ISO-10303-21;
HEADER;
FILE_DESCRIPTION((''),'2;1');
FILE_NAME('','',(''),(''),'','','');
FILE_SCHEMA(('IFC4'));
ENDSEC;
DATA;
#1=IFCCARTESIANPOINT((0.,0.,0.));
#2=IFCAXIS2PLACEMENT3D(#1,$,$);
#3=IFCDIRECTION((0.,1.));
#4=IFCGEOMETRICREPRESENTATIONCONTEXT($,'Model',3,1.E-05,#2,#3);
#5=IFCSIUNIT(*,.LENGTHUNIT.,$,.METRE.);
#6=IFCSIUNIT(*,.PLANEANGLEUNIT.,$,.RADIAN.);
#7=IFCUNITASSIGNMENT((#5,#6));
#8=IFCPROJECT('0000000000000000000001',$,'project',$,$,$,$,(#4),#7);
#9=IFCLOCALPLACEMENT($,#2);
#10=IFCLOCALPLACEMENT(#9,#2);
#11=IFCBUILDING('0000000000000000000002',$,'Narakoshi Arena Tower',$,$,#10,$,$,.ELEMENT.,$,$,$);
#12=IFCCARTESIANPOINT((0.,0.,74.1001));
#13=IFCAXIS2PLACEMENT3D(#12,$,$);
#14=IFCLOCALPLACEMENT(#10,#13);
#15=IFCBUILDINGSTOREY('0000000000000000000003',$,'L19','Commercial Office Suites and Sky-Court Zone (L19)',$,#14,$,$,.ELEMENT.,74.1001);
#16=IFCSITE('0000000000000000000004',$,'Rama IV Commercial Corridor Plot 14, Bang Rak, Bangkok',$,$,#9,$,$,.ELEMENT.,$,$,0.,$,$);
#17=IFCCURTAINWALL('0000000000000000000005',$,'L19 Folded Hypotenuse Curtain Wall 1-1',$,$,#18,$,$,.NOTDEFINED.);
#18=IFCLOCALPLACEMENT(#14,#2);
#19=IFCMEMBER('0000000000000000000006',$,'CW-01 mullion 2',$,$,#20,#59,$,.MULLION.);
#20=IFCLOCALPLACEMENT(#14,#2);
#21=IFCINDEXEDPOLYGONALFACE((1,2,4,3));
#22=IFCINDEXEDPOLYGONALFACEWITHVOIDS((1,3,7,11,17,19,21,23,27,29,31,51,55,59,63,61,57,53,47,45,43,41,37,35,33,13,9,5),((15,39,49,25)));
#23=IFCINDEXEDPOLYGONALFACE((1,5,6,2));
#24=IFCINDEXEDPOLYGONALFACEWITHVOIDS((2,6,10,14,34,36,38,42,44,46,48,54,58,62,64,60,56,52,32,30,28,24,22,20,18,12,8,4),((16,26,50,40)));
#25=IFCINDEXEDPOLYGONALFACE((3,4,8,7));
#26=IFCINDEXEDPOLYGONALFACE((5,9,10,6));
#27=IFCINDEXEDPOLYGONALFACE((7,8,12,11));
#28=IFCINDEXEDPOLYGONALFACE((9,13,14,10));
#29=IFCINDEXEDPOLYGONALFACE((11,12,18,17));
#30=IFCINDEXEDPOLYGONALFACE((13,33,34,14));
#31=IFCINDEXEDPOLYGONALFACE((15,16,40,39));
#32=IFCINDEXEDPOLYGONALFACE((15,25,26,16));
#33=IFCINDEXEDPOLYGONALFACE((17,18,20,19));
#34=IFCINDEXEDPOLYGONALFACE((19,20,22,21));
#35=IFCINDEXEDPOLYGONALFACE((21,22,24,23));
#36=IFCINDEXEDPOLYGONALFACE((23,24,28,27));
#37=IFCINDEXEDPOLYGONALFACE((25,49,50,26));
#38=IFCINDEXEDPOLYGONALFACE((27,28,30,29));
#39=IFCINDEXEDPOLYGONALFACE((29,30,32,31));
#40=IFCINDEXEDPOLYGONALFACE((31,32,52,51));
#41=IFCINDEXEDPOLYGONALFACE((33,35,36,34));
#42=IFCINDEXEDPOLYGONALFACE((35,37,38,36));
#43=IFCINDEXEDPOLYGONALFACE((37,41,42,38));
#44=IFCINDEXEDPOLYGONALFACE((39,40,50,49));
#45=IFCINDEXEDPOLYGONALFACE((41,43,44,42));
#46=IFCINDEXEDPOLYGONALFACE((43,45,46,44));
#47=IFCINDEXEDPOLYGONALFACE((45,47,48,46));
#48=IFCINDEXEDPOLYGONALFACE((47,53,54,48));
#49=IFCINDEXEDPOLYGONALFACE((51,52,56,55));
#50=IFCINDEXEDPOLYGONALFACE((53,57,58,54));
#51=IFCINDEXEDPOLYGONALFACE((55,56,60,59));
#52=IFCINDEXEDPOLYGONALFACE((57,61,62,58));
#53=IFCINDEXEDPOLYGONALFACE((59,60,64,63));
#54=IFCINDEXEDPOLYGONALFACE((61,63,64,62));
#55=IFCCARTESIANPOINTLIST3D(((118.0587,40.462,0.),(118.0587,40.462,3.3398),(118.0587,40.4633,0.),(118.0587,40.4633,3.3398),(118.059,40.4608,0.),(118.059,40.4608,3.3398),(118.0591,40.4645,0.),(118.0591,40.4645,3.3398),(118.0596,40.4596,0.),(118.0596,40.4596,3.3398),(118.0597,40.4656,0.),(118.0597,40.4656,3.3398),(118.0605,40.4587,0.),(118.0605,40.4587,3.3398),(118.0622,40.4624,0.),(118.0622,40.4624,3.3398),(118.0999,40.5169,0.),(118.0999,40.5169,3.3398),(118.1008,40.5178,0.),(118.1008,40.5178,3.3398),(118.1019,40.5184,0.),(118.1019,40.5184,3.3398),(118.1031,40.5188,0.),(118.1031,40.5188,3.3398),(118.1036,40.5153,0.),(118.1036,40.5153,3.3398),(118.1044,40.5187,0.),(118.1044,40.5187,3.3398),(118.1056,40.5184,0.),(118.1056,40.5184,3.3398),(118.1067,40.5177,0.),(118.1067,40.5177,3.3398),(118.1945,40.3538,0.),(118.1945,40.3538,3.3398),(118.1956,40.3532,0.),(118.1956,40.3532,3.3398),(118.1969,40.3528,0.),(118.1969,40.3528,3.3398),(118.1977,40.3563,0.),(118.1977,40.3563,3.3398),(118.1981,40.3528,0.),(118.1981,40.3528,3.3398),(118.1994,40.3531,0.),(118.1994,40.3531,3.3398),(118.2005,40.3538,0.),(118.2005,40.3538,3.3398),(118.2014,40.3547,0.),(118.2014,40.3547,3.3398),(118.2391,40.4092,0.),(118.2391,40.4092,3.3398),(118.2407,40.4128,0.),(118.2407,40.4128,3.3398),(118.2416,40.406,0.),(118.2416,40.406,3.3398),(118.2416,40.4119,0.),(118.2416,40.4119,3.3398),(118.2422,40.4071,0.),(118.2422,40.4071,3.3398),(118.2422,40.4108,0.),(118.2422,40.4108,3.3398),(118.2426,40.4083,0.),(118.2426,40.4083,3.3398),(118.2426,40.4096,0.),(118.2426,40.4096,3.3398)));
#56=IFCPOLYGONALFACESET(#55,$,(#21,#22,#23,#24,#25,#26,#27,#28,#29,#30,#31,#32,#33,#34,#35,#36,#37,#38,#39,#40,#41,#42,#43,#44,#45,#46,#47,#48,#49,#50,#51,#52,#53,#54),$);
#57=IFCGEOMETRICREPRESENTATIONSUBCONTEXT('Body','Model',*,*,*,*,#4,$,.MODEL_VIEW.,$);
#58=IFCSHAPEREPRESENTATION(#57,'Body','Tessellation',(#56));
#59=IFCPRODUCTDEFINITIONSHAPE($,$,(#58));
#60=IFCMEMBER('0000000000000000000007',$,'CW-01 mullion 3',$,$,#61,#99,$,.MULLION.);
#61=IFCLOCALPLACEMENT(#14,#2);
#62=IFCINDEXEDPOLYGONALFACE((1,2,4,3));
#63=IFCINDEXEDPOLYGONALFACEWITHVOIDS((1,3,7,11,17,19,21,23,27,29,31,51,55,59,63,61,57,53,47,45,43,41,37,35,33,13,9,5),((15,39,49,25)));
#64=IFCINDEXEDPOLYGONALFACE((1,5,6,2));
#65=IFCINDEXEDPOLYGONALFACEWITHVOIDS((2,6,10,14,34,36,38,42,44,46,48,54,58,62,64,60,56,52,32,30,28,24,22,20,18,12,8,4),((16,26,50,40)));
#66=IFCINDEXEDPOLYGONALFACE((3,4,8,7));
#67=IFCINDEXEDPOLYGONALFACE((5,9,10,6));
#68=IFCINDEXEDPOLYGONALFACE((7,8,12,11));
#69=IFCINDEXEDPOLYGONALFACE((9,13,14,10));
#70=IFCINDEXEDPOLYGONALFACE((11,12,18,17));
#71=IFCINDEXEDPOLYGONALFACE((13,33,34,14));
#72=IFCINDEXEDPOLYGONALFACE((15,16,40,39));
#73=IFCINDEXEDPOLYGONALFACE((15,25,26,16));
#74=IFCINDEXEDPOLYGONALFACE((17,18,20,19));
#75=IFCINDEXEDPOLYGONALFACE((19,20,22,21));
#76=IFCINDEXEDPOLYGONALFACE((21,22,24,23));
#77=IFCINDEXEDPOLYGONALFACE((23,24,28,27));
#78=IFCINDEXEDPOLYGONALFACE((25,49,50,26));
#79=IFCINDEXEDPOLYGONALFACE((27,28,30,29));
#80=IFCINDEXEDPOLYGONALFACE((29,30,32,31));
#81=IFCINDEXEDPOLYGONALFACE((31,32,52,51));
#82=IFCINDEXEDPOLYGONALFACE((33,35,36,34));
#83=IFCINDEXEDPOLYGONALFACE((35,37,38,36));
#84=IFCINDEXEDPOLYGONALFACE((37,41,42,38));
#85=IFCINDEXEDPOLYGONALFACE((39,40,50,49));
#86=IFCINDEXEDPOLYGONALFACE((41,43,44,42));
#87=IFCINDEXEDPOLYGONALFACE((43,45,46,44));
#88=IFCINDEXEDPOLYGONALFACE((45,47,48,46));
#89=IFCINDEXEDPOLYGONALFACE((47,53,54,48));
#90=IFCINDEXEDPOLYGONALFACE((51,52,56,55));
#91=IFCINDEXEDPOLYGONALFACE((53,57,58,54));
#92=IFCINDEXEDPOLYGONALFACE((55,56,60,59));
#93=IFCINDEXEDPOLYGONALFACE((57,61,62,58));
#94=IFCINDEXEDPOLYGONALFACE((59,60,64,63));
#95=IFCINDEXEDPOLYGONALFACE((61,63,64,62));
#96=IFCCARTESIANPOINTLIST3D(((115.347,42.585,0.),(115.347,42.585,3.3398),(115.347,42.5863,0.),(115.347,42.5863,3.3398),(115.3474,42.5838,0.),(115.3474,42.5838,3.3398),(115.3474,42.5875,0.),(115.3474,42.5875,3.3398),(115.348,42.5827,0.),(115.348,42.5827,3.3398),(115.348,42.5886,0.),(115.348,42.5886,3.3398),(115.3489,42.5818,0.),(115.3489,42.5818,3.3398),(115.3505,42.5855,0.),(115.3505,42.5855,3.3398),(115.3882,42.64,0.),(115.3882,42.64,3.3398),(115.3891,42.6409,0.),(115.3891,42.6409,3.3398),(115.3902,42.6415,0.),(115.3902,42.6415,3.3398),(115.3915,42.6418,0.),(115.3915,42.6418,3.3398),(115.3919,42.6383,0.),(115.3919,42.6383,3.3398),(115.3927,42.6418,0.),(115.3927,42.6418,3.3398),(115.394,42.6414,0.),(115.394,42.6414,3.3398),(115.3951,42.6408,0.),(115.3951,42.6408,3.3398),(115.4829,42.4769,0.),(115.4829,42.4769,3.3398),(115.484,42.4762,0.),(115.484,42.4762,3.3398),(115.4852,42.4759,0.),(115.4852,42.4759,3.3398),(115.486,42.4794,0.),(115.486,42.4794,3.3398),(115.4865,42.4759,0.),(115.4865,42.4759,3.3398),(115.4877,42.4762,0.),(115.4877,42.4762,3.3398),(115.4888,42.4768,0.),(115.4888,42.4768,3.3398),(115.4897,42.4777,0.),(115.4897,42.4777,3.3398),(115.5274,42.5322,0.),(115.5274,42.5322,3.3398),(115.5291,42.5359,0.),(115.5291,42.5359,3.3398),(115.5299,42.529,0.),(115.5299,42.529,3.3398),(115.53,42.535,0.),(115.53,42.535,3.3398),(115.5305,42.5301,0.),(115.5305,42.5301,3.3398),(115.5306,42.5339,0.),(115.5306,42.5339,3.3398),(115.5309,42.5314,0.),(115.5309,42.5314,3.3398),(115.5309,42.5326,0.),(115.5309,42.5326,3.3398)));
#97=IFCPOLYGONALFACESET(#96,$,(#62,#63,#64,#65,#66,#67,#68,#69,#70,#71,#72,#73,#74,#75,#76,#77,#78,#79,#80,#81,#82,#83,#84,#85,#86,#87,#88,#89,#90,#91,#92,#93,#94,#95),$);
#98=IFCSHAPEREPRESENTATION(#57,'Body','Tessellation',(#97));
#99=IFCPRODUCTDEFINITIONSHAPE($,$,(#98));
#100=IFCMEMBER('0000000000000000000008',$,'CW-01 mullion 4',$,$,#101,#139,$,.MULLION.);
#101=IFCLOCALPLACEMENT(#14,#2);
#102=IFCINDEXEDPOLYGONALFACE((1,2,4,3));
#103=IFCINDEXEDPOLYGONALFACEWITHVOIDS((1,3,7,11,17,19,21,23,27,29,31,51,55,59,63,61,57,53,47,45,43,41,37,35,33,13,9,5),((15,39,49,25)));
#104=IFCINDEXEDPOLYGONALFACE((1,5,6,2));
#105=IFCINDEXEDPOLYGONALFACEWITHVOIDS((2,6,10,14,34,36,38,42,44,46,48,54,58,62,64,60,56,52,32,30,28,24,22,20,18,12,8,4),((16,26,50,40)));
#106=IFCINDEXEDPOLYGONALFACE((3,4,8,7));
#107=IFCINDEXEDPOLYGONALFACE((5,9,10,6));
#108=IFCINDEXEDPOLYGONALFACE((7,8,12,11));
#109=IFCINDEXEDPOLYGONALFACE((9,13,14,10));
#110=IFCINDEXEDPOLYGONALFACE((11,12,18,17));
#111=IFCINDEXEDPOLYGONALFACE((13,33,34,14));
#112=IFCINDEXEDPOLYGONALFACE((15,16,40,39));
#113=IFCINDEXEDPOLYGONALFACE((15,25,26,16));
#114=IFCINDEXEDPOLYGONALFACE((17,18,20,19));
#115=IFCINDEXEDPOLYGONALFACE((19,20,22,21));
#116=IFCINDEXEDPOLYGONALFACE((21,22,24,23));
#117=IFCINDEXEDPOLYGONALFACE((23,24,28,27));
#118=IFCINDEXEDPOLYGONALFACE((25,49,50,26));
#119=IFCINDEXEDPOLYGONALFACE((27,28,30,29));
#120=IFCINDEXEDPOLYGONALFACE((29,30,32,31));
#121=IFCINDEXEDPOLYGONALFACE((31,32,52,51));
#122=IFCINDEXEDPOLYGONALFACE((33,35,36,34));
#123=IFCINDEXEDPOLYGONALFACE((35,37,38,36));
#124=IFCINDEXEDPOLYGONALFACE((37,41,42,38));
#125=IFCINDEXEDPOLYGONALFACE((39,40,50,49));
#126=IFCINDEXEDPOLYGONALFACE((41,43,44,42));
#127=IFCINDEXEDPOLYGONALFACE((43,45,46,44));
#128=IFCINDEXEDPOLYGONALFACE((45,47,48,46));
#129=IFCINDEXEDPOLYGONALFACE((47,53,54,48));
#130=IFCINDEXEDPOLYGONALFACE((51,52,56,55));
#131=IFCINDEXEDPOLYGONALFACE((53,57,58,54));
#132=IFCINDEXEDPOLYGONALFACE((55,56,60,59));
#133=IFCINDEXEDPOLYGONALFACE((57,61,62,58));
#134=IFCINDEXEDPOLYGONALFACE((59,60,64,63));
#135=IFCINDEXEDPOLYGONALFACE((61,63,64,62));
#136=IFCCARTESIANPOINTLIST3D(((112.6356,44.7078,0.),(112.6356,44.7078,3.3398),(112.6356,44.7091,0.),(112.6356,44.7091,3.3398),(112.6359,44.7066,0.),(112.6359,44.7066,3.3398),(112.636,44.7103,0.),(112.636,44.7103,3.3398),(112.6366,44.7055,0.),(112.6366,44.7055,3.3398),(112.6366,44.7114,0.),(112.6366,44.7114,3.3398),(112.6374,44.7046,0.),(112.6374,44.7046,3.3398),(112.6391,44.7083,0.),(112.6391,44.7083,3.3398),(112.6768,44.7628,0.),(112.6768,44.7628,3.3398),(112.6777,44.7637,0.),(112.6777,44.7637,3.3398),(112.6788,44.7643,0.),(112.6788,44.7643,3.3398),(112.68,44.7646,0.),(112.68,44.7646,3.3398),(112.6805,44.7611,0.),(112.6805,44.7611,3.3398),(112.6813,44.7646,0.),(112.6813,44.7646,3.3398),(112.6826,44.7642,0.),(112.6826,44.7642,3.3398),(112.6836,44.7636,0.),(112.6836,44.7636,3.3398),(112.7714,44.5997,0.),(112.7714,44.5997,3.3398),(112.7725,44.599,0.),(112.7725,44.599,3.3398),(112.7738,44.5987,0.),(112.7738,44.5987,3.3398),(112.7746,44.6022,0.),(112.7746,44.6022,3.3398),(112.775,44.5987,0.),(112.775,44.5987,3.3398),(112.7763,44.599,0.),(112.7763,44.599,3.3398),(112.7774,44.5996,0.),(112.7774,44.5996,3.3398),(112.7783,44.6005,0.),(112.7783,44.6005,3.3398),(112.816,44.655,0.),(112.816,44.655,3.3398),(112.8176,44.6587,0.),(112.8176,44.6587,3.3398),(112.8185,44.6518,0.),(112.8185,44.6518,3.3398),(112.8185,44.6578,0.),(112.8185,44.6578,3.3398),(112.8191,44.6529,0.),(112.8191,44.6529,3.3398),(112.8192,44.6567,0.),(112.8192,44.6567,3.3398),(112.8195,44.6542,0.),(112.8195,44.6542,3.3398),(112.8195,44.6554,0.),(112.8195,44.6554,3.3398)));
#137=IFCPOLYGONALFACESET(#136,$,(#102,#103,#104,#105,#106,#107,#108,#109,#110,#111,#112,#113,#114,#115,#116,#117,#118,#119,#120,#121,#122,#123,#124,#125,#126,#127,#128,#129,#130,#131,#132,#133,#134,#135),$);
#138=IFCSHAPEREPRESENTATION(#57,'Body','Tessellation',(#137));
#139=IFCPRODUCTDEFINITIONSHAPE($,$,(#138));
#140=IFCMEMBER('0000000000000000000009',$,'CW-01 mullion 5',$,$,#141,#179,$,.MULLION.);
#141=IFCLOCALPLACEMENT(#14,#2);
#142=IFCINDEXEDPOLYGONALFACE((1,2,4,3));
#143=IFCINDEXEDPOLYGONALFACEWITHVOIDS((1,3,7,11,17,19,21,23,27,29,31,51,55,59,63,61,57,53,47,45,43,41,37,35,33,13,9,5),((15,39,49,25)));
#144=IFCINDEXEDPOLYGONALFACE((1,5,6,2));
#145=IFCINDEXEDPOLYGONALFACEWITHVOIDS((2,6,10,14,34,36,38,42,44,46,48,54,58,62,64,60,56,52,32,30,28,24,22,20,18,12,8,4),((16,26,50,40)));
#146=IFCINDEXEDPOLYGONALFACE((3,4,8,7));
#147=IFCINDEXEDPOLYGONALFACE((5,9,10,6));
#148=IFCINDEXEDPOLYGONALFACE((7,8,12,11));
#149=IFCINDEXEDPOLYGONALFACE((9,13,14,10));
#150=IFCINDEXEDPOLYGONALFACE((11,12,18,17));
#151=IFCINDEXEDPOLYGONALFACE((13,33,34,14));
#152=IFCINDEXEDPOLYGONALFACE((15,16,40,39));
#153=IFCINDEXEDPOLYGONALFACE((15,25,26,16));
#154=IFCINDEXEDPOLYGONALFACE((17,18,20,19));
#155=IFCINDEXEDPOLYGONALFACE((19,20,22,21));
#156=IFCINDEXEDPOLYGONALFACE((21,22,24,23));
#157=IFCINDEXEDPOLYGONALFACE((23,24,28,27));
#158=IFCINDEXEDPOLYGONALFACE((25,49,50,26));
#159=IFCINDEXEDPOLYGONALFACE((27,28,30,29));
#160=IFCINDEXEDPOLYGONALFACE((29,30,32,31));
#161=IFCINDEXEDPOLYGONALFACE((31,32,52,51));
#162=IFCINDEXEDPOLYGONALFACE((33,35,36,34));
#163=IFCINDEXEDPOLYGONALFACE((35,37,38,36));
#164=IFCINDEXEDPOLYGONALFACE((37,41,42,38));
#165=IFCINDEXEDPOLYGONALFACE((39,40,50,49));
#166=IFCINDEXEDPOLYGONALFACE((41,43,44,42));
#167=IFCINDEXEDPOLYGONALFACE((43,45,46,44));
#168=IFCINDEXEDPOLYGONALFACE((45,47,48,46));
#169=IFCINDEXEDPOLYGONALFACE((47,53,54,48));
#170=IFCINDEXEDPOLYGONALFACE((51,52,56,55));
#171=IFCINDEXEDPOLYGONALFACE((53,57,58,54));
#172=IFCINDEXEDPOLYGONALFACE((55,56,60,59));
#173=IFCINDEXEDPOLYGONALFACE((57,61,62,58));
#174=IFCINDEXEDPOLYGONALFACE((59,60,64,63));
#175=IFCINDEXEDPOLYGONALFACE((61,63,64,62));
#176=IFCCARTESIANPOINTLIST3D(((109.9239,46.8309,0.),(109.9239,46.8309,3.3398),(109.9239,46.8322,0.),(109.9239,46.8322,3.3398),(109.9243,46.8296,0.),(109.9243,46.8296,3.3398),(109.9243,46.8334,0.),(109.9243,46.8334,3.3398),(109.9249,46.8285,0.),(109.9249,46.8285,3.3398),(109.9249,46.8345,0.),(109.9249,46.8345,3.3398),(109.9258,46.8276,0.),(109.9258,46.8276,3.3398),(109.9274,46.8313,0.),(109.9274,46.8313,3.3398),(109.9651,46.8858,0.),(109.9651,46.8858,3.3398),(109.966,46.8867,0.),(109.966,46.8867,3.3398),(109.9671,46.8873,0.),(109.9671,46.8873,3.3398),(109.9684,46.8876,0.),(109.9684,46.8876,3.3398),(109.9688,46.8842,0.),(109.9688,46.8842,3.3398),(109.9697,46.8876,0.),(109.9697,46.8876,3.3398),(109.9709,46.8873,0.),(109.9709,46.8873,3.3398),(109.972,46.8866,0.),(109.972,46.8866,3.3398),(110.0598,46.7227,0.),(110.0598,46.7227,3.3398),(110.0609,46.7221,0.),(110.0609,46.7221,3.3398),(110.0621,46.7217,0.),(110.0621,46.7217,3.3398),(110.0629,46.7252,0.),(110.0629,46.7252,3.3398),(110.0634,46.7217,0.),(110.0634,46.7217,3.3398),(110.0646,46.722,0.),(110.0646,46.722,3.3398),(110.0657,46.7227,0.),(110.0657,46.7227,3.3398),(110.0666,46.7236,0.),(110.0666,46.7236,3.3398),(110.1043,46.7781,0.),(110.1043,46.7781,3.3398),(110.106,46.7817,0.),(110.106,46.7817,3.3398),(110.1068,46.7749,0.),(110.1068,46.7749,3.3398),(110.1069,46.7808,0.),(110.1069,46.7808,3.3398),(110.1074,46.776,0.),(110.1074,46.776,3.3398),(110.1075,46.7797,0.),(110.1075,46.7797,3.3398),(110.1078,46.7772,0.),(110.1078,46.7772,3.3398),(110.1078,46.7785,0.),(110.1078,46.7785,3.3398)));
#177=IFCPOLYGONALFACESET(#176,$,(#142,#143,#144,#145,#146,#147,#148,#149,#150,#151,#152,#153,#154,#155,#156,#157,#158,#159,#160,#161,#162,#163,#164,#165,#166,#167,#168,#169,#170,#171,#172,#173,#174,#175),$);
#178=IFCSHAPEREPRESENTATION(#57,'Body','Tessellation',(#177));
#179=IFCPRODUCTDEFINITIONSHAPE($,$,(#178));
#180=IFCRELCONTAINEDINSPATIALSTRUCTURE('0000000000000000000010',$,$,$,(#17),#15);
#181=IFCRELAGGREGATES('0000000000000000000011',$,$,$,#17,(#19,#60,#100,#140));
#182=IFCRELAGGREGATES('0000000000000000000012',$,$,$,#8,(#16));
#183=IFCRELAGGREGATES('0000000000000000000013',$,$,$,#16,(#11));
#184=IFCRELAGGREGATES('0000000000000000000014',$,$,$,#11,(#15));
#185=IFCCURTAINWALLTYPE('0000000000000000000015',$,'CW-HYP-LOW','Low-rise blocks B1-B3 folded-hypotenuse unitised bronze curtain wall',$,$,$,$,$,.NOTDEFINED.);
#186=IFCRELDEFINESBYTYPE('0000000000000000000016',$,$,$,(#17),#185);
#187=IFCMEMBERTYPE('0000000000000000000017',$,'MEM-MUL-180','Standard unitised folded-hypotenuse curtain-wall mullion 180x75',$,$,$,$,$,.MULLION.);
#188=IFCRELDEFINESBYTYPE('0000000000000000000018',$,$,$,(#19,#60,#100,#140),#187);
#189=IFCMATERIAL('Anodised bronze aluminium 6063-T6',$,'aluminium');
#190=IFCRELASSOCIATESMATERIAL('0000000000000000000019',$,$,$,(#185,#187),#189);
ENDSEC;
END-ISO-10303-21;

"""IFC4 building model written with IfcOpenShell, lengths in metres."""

from ifc_helpers import new_model, si_unit, direction, frame, origin, origin_2d, place, context, subcontext, project, spatial, hollow_rectangle, extrude, material, material_profile, profile_set, type_object, element, aggregate, save


model = new_model("IFC4")

# Units and contexts
model_context = context("Model", 3, precision=1e-05, world=origin(), true_north=direction((0.0, 1.0)))
body_context = subcontext(model_context, "Body", "Model", "MODEL_VIEW")
ifc_project = project(units=[si_unit("LENGTHUNIT", "METRE"), si_unit("PLANEANGLEUNIT", "RADIAN")], contexts=[model_context])

# Site, building, storey
site_placement = place(None, origin())
site = spatial("IfcSite", under=ifc_project, at=site_placement, Name="Rama IV Commercial Corridor Plot 14, Bang Rak, Bangkok", CompositionType="ELEMENT", RefElevation=0.0)
building_placement = place(site_placement, origin())
building = spatial("IfcBuilding", under=site, at=building_placement, Name="Narakoshi Arena Tower", CompositionType="ELEMENT")
storey_placement = place(building_placement, frame((0.0, 0.0, 74.1001)))
storey = spatial("IfcBuildingStorey", under=building, at=storey_placement, Name="L19", Description="Commercial Office Suites and Sky-Court Zone (L19)", CompositionType="ELEMENT", Elevation=74.1001)

# Curtain wall, members
ifc_material_1 = material(Name="Anodised bronze aluminium 6063-T6", Category="aluminium")
curtain_wall_type = type_object("IfcCurtainWallType", Name="CW-HYP-LOW", Description="Low-rise blocks B1-B3 folded-hypotenuse unitised bronze curtain wall", PredefinedType="NOTDEFINED", material=ifc_material_1)
curtain_wall_placement = place(storey_placement, origin())
curtain_wall = element("IfcCurtainWall", 1, at=curtain_wall_placement, inside=storey, type_object=curtain_wall_type, Name="L19 Folded Hypotenuse Curtain Wall 1-1", PredefinedType="NOTDEFINED")
ifc_material_profile_1 = material_profile(ifc_material_1, hollow_rectangle(XDim=0.075, YDim=0.1799, WallThickness=0.0039, OuterFilletRadius=0.0049, at=origin_2d()), Name="MUL180x75x4")
ifc_profile_set_1 = profile_set([ifc_material_profile_1], Name="Anodised bronze aluminium 6063-T6")
member_type_1 = type_object("IfcMemberType", Name="MEM-MUL-180", Description="Standard unitised folded-hypotenuse curtain-wall mullion 180x75", PredefinedType="MULLION", material=ifc_profile_set_1)
member_1_placement = place(storey_placement, frame((118.1506, 40.4358, 0.0), z_axis=(0.0, 0.0, 1.0), x_axis=(-0.616458, -0.787388, 0.0)))
member_1 = element("IfcMember", 2, at=member_1_placement, type_object=member_type_1, Name="CW-01 mullion 2", PredefinedType="MULLION", context=body_context, shape_type="SweptSolid", body=[
    extrude(hollow_rectangle(XDim=0.075, YDim=0.1799, WallThickness=0.0039, OuterFilletRadius=0.0049, at=origin_2d()), origin(), (0.0, 0.0, 1.0), 3.3398),
])
member_2_placement = place(storey_placement, frame((115.439, 42.5588, 0.0), z_axis=(0.0, 0.0, 1.0), x_axis=(-0.616458, -0.787388, 0.0)))
member_2 = element("IfcMember", 3, at=member_2_placement, type_object=member_type_1, Name="CW-01 mullion 3", PredefinedType="MULLION", context=body_context, shape_type="SweptSolid", body=[
    extrude(hollow_rectangle(XDim=0.075, YDim=0.1799, WallThickness=0.0039, OuterFilletRadius=0.0049, at=origin_2d()), origin(), (0.0, 0.0, 1.0), 3.3398),
])
member_3_placement = place(storey_placement, frame((112.7275, 44.6816, 0.0), z_axis=(0.0, 0.0, 1.0), x_axis=(-0.616458, -0.787388, 0.0)))
member_3 = element("IfcMember", 4, at=member_3_placement, type_object=member_type_1, Name="CW-01 mullion 4", PredefinedType="MULLION", context=body_context, shape_type="SweptSolid", body=[
    extrude(hollow_rectangle(XDim=0.075, YDim=0.1799, WallThickness=0.0039, OuterFilletRadius=0.0049, at=origin_2d()), origin(), (0.0, 0.0, 1.0), 3.3398),
])
member_4_placement = place(storey_placement, frame((110.0159, 46.8047, 0.0), z_axis=(0.0, 0.0, 1.0), x_axis=(-0.616458, -0.787388, 0.0)))
member_4 = element("IfcMember", 5, at=member_4_placement, type_object=member_type_1, Name="CW-01 mullion 5", PredefinedType="MULLION", context=body_context, shape_type="SweptSolid", body=[
    extrude(hollow_rectangle(XDim=0.075, YDim=0.1799, WallThickness=0.0039, OuterFilletRadius=0.0049, at=origin_2d()), origin(), (0.0, 0.0, 1.0), 3.3398),
])
aggregate(curtain_wall, [member_1, member_2, member_3, member_4])

save(model, "model.ifc")
